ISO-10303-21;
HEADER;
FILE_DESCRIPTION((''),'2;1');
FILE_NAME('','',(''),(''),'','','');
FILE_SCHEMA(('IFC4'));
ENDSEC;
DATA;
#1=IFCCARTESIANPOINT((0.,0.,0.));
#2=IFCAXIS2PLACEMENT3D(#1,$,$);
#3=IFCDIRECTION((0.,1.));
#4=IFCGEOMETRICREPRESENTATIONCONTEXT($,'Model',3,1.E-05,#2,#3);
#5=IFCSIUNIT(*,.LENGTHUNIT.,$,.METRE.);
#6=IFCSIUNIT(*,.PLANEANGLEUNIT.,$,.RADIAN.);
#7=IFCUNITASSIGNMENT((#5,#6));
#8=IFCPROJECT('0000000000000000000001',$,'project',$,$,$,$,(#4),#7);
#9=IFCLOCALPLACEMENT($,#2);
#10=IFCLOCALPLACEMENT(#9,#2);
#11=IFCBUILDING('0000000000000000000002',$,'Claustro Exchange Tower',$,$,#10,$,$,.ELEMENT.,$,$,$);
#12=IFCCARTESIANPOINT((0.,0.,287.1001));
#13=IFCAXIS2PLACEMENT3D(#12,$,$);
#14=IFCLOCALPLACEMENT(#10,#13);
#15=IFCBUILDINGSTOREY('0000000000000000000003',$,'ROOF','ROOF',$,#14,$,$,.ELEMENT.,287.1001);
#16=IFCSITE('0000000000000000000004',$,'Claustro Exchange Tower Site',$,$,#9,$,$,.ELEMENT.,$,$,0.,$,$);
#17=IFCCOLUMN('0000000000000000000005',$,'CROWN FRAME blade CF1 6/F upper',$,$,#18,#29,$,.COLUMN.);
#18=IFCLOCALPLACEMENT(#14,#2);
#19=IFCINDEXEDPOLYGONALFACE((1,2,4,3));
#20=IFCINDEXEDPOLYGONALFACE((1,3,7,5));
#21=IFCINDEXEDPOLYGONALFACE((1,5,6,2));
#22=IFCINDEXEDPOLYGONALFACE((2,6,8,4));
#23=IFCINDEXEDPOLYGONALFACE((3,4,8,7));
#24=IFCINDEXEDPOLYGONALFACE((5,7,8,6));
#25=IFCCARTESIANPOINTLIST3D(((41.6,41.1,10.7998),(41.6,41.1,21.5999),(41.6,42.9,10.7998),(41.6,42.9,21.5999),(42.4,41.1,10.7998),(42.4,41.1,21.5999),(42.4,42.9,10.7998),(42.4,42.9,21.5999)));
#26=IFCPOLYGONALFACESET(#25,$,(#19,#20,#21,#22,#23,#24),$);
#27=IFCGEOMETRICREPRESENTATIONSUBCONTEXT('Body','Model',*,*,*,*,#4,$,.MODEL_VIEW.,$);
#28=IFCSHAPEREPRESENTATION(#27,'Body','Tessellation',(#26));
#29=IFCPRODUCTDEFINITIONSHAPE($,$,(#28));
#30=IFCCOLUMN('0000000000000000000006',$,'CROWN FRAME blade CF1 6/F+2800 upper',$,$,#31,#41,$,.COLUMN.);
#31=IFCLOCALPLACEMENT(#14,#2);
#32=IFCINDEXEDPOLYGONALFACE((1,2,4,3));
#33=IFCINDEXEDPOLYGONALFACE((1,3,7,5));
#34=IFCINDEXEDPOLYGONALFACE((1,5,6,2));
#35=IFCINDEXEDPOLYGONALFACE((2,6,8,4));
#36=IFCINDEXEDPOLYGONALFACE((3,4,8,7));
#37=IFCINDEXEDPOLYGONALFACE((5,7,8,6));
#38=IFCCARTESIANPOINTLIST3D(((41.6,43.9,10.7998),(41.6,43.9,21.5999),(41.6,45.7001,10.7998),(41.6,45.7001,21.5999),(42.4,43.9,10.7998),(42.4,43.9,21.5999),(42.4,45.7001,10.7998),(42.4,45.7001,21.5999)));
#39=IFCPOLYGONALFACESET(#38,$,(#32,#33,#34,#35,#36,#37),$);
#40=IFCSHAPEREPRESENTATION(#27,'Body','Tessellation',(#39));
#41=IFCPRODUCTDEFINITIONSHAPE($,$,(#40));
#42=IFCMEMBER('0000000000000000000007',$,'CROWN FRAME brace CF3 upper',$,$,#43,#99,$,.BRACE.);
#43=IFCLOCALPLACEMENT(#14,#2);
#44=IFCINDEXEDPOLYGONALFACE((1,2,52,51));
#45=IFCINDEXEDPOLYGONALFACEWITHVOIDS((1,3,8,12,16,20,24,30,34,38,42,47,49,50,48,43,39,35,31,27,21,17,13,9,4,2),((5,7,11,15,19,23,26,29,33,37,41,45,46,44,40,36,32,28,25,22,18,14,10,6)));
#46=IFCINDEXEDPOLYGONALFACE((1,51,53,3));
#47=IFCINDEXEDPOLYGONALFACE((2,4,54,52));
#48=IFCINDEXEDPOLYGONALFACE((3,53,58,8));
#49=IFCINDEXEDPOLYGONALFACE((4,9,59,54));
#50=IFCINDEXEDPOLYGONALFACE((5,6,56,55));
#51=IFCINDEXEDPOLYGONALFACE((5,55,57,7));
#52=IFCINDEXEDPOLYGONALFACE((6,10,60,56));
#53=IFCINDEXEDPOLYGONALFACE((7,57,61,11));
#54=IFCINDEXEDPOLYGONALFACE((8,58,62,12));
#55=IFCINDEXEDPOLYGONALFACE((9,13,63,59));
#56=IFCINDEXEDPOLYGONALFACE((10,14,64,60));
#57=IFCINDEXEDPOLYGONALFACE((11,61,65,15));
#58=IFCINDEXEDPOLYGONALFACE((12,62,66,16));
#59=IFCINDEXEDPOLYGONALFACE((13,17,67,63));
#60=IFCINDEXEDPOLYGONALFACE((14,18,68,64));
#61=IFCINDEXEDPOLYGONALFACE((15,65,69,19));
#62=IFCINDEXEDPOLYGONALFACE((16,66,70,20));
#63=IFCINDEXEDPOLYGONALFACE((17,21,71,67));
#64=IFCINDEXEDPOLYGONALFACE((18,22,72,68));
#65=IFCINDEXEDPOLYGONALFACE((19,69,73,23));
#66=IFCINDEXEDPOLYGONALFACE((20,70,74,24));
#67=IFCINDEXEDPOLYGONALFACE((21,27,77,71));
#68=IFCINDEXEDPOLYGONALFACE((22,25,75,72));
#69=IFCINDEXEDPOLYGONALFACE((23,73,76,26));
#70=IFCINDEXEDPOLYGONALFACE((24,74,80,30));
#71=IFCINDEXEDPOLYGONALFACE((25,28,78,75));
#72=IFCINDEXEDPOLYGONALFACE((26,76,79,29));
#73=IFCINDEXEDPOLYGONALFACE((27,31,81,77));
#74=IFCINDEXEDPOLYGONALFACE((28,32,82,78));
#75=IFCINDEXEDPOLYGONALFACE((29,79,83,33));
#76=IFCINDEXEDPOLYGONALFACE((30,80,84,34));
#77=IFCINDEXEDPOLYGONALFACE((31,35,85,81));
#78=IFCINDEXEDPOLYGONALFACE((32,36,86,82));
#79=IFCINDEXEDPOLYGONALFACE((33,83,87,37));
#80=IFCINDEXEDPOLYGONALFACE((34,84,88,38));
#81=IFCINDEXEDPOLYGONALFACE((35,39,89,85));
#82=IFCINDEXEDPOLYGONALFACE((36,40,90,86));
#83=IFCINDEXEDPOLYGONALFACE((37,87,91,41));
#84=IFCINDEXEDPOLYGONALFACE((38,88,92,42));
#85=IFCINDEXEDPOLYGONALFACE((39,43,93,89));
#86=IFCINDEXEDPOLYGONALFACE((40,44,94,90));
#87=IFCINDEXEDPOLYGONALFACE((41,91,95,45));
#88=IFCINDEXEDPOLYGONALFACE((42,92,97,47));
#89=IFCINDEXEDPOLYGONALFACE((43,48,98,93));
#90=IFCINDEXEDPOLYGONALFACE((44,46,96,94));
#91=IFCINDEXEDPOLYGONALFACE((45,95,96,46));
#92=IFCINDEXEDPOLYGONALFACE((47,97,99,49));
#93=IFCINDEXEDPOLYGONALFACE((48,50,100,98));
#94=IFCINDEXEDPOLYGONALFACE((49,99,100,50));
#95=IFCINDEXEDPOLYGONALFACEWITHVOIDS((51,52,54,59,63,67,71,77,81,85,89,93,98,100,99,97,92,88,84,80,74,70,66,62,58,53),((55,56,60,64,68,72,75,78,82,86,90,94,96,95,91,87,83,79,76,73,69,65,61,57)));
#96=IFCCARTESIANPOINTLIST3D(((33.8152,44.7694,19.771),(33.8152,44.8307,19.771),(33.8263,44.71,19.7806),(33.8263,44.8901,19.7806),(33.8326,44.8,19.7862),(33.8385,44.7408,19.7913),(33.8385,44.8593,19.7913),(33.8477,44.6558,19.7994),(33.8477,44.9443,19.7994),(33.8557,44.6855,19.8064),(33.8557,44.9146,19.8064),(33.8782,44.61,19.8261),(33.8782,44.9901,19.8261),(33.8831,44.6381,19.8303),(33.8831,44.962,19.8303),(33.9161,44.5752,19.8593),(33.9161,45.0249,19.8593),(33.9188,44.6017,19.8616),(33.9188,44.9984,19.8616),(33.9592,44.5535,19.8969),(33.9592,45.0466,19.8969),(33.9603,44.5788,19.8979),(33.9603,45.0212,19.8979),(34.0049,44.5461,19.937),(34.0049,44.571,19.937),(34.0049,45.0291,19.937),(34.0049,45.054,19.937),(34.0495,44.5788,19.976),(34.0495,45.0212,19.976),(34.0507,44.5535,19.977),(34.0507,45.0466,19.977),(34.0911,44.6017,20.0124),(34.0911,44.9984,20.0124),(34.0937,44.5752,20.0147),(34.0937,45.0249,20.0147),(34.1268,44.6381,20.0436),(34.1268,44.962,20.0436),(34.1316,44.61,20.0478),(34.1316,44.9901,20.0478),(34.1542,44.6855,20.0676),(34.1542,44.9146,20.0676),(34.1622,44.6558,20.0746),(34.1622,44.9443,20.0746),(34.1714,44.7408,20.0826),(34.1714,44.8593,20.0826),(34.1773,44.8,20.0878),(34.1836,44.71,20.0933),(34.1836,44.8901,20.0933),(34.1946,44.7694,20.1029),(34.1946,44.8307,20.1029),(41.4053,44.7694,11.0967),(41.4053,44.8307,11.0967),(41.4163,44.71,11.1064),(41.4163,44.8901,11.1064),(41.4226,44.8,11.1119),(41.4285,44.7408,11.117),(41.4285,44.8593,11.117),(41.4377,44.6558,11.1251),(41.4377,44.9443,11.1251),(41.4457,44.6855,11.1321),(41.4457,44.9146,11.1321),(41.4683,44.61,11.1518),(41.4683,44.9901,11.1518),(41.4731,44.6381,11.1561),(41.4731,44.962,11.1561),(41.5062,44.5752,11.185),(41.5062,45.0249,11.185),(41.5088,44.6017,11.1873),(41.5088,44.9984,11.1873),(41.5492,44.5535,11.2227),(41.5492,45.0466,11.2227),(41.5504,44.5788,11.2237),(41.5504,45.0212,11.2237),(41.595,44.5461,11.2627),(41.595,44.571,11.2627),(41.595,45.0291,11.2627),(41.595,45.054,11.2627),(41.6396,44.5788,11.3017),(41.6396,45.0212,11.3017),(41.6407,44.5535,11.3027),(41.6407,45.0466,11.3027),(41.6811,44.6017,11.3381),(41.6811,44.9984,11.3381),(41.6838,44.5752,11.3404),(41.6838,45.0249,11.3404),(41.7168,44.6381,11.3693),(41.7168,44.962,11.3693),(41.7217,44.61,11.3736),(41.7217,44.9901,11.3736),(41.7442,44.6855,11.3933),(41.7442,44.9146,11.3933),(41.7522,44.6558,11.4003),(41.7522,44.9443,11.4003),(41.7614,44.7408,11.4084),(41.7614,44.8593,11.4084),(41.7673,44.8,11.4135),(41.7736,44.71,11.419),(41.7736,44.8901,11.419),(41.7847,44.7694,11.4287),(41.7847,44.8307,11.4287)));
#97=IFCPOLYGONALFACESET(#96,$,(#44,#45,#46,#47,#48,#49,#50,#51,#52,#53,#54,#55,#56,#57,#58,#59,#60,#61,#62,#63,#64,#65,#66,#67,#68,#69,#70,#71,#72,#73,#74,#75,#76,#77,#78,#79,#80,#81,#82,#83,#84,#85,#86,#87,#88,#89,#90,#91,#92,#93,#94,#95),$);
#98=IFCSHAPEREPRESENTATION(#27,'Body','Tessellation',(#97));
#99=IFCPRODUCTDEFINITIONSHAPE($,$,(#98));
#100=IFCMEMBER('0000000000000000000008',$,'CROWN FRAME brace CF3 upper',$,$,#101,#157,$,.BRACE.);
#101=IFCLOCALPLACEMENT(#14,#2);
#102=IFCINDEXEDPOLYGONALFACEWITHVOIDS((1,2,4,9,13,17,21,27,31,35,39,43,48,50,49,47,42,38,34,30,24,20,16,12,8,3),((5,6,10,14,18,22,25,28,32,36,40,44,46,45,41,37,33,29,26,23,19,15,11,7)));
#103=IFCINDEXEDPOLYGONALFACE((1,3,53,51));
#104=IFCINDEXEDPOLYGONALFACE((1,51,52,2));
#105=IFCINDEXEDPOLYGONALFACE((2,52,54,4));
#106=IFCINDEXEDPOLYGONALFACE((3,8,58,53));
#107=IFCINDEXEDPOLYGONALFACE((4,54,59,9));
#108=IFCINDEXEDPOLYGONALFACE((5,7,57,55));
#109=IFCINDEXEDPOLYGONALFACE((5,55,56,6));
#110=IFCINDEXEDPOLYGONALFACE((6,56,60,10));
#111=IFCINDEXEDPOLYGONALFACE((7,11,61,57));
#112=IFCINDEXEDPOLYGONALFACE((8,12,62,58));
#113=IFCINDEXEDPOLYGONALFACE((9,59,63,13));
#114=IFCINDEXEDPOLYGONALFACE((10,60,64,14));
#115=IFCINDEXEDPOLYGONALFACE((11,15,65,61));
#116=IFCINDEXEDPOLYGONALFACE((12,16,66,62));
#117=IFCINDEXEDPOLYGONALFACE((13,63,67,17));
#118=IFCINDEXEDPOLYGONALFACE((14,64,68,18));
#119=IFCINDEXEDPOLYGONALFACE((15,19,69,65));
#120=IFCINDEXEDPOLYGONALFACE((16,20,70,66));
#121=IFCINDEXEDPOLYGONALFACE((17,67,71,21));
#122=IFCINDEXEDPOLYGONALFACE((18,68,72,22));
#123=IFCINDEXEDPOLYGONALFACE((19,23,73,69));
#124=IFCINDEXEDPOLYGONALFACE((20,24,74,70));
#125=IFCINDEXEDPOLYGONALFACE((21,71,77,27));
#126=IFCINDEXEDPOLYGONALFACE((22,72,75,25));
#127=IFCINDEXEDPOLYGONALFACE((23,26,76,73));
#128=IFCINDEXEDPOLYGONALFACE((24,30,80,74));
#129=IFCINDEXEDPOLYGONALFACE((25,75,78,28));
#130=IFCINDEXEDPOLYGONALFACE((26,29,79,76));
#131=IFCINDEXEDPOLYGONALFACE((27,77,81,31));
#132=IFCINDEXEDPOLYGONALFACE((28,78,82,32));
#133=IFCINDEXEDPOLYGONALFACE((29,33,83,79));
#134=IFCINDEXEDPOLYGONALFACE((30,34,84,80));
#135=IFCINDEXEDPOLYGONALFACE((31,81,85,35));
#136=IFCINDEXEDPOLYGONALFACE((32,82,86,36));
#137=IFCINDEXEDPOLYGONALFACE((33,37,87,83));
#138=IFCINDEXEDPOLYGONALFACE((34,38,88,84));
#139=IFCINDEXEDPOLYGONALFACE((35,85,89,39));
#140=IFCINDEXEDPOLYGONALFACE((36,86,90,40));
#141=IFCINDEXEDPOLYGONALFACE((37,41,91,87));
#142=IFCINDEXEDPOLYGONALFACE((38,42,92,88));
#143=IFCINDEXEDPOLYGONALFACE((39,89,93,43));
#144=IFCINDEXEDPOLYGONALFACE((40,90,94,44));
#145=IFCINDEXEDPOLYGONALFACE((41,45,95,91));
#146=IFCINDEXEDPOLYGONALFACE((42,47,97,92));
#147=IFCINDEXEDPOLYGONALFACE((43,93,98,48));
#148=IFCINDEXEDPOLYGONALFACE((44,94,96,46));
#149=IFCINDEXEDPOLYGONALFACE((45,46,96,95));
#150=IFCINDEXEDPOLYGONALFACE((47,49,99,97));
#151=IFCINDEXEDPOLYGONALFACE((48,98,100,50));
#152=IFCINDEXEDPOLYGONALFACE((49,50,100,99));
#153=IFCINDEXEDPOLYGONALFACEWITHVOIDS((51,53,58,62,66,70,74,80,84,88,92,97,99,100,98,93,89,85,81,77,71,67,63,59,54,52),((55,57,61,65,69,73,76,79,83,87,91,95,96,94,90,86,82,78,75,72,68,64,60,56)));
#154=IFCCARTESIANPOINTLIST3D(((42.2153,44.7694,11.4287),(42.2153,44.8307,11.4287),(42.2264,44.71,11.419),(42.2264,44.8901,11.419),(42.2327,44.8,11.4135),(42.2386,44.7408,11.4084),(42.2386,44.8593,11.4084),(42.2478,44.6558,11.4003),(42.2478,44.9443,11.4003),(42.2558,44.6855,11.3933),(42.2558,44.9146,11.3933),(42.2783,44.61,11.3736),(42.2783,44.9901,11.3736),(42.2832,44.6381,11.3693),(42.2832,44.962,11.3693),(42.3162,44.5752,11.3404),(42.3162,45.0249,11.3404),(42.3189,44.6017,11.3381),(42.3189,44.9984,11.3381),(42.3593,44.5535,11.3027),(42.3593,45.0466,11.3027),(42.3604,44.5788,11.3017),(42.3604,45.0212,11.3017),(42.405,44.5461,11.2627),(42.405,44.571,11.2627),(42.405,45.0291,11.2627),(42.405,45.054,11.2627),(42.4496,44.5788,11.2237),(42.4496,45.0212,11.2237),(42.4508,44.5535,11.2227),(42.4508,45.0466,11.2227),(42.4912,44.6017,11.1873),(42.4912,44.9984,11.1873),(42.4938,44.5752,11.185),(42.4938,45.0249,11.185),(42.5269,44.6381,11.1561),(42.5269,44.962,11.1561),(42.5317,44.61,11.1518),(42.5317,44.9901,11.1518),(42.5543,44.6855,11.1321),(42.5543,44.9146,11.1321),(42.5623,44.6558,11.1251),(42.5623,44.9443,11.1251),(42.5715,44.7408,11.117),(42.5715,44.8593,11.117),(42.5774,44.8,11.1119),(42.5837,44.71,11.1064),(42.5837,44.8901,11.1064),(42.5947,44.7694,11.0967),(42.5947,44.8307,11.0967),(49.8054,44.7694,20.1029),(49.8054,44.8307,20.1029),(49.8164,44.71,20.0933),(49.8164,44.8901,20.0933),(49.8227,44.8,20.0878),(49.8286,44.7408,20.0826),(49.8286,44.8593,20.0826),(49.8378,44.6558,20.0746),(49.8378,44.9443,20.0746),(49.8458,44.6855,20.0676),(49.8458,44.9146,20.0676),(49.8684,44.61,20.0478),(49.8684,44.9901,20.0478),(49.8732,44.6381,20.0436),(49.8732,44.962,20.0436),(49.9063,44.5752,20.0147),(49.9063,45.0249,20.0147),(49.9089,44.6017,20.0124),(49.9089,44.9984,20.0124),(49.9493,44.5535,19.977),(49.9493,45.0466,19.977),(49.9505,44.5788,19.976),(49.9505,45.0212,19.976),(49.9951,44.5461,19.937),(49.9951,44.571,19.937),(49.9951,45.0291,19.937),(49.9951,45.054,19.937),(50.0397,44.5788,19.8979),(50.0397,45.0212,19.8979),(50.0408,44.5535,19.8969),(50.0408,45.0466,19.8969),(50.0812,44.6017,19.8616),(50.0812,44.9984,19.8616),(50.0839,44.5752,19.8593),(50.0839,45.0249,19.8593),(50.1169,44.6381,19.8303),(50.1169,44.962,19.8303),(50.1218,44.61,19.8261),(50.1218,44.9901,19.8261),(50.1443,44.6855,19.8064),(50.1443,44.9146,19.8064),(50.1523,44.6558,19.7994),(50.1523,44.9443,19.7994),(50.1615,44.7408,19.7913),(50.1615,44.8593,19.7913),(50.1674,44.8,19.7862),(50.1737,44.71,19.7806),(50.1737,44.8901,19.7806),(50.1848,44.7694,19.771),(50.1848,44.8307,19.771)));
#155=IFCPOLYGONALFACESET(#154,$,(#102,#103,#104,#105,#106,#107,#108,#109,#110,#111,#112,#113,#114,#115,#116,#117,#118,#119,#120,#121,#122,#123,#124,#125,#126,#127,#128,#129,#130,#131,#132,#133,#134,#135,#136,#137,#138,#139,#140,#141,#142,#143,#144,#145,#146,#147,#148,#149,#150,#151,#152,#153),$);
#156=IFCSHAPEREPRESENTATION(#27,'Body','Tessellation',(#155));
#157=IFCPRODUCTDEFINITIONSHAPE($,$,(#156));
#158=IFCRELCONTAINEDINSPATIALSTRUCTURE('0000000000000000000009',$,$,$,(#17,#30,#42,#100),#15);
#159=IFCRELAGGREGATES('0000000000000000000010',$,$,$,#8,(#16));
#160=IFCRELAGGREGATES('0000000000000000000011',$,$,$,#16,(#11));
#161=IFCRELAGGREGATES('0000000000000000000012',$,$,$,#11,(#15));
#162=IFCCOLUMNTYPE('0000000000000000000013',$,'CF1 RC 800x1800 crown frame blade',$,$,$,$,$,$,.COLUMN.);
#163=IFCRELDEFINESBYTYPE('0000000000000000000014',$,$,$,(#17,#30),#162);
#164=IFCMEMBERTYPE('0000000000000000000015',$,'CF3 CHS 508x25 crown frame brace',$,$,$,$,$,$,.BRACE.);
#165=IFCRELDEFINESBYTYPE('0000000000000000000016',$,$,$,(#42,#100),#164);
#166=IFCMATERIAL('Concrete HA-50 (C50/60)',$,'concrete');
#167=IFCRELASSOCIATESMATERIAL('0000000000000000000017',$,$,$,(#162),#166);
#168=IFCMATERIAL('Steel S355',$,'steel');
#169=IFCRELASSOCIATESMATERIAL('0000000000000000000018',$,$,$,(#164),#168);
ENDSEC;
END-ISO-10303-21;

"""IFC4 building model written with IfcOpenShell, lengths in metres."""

from ifc_helpers import new_model, si_unit, direction, frame, origin, origin_2d, place, context, subcontext, project, spatial, rectangle, hollow_circle, extrude, material, material_profile, profile_set, type_object, element, save


model = new_model("IFC4")

# Units and contexts
model_context = context("Model", 3, precision=1e-05, world=origin(), true_north=direction((0.0, 1.0)))
body_context = subcontext(model_context, "Body", "Model", "MODEL_VIEW")
ifc_project = project(units=[si_unit("LENGTHUNIT", "METRE"), si_unit("PLANEANGLEUNIT", "RADIAN")], contexts=[model_context])

# Site, building, storey
site_placement = place(None, origin())
site = spatial("IfcSite", under=ifc_project, at=site_placement, Name="Claustro Exchange Tower Site", CompositionType="ELEMENT", RefElevation=0.0)
building_placement = place(site_placement, origin())
building = spatial("IfcBuilding", under=site, at=building_placement, Name="Claustro Exchange Tower", CompositionType="ELEMENT")
storey_placement = place(building_placement, frame((0.0, 0.0, 287.1001)))
storey = spatial("IfcBuildingStorey", under=building, at=storey_placement, Name="ROOF", Description="ROOF", CompositionType="ELEMENT", Elevation=287.1001)

# Columns
ifc_material_1 = material(Name="Concrete HA-50 (C50/60)", Category="concrete")
ifc_material_profile_1 = material_profile(ifc_material_1, rectangle(XDim=0.8, YDim=1.8, at=origin_2d()), Name="RC 800x1800")
ifc_profile_set_1 = profile_set([ifc_material_profile_1], Name="Concrete HA-50 (C50/60)")
column_type = type_object("IfcColumnType", Name="CF1 RC 800x1800 crown frame blade", PredefinedType="COLUMN", material=ifc_profile_set_1)
for number, where, z_axis, x_axis, name in (
    (1, (42.0, 42.0, 10.7998), (0.0, 0.0, 1.0), (1.0, 0.0, 0.0), "CROWN FRAME blade CF1 6/F upper"),
    (2, (42.0, 44.8, 10.7998), (0.0, 0.0, 1.0), (1.0, 0.0, 0.0), "CROWN FRAME blade CF1 6/F+2800 upper"),
):
    element("IfcColumn", number, at=place(storey_placement, frame(where, z_axis=z_axis, x_axis=x_axis)), inside=storey, type_object=column_type, Name=name, PredefinedType="COLUMN", context=body_context, shape_type="SweptSolid", body=[
        extrude(rectangle(XDim=0.8, YDim=1.8, at=origin_2d()), origin(), (0.0, 0.0, 1.0), 10.8),
    ])

# Members
ifc_material_2 = material(Name="Steel S355", Category="steel")
ifc_material_profile_2 = material_profile(ifc_material_2, hollow_circle(Radius=0.2539, WallThickness=0.0249, at=origin_2d()), Name="CHS 508x25")
ifc_profile_set_2 = profile_set([ifc_material_profile_2], Name="Steel S355")
member_type = type_object("IfcMemberType", Name="CF3 CHS 508x25 crown frame brace", PredefinedType="BRACE", material=ifc_profile_set_2)
for number, where, z_axis, x_axis, name in (
    (3, (41.595, 44.8, 11.2627), (-0.658508, 0.0, 0.752574), (0.0, -1.0, 0.0), "CROWN FRAME brace CF3 upper"),
    (4, (42.405, 44.8, 11.2627), (0.658508, 0.0, 0.752574), (0.0, 1.0, 0.0), "CROWN FRAME brace CF3 upper"),
):
    element("IfcMember", number, at=place(storey_placement, frame(where, z_axis=z_axis, x_axis=x_axis)), inside=storey, type_object=member_type, Name=name, PredefinedType="BRACE", context=body_context, shape_type="SweptSolid", body=[
        extrude(hollow_circle(Radius=0.2539, WallThickness=0.0249, at=origin_2d()), origin(), (0.0, 0.0, 1.0), 11.5261),
    ])

save(model, "model.ifc")
